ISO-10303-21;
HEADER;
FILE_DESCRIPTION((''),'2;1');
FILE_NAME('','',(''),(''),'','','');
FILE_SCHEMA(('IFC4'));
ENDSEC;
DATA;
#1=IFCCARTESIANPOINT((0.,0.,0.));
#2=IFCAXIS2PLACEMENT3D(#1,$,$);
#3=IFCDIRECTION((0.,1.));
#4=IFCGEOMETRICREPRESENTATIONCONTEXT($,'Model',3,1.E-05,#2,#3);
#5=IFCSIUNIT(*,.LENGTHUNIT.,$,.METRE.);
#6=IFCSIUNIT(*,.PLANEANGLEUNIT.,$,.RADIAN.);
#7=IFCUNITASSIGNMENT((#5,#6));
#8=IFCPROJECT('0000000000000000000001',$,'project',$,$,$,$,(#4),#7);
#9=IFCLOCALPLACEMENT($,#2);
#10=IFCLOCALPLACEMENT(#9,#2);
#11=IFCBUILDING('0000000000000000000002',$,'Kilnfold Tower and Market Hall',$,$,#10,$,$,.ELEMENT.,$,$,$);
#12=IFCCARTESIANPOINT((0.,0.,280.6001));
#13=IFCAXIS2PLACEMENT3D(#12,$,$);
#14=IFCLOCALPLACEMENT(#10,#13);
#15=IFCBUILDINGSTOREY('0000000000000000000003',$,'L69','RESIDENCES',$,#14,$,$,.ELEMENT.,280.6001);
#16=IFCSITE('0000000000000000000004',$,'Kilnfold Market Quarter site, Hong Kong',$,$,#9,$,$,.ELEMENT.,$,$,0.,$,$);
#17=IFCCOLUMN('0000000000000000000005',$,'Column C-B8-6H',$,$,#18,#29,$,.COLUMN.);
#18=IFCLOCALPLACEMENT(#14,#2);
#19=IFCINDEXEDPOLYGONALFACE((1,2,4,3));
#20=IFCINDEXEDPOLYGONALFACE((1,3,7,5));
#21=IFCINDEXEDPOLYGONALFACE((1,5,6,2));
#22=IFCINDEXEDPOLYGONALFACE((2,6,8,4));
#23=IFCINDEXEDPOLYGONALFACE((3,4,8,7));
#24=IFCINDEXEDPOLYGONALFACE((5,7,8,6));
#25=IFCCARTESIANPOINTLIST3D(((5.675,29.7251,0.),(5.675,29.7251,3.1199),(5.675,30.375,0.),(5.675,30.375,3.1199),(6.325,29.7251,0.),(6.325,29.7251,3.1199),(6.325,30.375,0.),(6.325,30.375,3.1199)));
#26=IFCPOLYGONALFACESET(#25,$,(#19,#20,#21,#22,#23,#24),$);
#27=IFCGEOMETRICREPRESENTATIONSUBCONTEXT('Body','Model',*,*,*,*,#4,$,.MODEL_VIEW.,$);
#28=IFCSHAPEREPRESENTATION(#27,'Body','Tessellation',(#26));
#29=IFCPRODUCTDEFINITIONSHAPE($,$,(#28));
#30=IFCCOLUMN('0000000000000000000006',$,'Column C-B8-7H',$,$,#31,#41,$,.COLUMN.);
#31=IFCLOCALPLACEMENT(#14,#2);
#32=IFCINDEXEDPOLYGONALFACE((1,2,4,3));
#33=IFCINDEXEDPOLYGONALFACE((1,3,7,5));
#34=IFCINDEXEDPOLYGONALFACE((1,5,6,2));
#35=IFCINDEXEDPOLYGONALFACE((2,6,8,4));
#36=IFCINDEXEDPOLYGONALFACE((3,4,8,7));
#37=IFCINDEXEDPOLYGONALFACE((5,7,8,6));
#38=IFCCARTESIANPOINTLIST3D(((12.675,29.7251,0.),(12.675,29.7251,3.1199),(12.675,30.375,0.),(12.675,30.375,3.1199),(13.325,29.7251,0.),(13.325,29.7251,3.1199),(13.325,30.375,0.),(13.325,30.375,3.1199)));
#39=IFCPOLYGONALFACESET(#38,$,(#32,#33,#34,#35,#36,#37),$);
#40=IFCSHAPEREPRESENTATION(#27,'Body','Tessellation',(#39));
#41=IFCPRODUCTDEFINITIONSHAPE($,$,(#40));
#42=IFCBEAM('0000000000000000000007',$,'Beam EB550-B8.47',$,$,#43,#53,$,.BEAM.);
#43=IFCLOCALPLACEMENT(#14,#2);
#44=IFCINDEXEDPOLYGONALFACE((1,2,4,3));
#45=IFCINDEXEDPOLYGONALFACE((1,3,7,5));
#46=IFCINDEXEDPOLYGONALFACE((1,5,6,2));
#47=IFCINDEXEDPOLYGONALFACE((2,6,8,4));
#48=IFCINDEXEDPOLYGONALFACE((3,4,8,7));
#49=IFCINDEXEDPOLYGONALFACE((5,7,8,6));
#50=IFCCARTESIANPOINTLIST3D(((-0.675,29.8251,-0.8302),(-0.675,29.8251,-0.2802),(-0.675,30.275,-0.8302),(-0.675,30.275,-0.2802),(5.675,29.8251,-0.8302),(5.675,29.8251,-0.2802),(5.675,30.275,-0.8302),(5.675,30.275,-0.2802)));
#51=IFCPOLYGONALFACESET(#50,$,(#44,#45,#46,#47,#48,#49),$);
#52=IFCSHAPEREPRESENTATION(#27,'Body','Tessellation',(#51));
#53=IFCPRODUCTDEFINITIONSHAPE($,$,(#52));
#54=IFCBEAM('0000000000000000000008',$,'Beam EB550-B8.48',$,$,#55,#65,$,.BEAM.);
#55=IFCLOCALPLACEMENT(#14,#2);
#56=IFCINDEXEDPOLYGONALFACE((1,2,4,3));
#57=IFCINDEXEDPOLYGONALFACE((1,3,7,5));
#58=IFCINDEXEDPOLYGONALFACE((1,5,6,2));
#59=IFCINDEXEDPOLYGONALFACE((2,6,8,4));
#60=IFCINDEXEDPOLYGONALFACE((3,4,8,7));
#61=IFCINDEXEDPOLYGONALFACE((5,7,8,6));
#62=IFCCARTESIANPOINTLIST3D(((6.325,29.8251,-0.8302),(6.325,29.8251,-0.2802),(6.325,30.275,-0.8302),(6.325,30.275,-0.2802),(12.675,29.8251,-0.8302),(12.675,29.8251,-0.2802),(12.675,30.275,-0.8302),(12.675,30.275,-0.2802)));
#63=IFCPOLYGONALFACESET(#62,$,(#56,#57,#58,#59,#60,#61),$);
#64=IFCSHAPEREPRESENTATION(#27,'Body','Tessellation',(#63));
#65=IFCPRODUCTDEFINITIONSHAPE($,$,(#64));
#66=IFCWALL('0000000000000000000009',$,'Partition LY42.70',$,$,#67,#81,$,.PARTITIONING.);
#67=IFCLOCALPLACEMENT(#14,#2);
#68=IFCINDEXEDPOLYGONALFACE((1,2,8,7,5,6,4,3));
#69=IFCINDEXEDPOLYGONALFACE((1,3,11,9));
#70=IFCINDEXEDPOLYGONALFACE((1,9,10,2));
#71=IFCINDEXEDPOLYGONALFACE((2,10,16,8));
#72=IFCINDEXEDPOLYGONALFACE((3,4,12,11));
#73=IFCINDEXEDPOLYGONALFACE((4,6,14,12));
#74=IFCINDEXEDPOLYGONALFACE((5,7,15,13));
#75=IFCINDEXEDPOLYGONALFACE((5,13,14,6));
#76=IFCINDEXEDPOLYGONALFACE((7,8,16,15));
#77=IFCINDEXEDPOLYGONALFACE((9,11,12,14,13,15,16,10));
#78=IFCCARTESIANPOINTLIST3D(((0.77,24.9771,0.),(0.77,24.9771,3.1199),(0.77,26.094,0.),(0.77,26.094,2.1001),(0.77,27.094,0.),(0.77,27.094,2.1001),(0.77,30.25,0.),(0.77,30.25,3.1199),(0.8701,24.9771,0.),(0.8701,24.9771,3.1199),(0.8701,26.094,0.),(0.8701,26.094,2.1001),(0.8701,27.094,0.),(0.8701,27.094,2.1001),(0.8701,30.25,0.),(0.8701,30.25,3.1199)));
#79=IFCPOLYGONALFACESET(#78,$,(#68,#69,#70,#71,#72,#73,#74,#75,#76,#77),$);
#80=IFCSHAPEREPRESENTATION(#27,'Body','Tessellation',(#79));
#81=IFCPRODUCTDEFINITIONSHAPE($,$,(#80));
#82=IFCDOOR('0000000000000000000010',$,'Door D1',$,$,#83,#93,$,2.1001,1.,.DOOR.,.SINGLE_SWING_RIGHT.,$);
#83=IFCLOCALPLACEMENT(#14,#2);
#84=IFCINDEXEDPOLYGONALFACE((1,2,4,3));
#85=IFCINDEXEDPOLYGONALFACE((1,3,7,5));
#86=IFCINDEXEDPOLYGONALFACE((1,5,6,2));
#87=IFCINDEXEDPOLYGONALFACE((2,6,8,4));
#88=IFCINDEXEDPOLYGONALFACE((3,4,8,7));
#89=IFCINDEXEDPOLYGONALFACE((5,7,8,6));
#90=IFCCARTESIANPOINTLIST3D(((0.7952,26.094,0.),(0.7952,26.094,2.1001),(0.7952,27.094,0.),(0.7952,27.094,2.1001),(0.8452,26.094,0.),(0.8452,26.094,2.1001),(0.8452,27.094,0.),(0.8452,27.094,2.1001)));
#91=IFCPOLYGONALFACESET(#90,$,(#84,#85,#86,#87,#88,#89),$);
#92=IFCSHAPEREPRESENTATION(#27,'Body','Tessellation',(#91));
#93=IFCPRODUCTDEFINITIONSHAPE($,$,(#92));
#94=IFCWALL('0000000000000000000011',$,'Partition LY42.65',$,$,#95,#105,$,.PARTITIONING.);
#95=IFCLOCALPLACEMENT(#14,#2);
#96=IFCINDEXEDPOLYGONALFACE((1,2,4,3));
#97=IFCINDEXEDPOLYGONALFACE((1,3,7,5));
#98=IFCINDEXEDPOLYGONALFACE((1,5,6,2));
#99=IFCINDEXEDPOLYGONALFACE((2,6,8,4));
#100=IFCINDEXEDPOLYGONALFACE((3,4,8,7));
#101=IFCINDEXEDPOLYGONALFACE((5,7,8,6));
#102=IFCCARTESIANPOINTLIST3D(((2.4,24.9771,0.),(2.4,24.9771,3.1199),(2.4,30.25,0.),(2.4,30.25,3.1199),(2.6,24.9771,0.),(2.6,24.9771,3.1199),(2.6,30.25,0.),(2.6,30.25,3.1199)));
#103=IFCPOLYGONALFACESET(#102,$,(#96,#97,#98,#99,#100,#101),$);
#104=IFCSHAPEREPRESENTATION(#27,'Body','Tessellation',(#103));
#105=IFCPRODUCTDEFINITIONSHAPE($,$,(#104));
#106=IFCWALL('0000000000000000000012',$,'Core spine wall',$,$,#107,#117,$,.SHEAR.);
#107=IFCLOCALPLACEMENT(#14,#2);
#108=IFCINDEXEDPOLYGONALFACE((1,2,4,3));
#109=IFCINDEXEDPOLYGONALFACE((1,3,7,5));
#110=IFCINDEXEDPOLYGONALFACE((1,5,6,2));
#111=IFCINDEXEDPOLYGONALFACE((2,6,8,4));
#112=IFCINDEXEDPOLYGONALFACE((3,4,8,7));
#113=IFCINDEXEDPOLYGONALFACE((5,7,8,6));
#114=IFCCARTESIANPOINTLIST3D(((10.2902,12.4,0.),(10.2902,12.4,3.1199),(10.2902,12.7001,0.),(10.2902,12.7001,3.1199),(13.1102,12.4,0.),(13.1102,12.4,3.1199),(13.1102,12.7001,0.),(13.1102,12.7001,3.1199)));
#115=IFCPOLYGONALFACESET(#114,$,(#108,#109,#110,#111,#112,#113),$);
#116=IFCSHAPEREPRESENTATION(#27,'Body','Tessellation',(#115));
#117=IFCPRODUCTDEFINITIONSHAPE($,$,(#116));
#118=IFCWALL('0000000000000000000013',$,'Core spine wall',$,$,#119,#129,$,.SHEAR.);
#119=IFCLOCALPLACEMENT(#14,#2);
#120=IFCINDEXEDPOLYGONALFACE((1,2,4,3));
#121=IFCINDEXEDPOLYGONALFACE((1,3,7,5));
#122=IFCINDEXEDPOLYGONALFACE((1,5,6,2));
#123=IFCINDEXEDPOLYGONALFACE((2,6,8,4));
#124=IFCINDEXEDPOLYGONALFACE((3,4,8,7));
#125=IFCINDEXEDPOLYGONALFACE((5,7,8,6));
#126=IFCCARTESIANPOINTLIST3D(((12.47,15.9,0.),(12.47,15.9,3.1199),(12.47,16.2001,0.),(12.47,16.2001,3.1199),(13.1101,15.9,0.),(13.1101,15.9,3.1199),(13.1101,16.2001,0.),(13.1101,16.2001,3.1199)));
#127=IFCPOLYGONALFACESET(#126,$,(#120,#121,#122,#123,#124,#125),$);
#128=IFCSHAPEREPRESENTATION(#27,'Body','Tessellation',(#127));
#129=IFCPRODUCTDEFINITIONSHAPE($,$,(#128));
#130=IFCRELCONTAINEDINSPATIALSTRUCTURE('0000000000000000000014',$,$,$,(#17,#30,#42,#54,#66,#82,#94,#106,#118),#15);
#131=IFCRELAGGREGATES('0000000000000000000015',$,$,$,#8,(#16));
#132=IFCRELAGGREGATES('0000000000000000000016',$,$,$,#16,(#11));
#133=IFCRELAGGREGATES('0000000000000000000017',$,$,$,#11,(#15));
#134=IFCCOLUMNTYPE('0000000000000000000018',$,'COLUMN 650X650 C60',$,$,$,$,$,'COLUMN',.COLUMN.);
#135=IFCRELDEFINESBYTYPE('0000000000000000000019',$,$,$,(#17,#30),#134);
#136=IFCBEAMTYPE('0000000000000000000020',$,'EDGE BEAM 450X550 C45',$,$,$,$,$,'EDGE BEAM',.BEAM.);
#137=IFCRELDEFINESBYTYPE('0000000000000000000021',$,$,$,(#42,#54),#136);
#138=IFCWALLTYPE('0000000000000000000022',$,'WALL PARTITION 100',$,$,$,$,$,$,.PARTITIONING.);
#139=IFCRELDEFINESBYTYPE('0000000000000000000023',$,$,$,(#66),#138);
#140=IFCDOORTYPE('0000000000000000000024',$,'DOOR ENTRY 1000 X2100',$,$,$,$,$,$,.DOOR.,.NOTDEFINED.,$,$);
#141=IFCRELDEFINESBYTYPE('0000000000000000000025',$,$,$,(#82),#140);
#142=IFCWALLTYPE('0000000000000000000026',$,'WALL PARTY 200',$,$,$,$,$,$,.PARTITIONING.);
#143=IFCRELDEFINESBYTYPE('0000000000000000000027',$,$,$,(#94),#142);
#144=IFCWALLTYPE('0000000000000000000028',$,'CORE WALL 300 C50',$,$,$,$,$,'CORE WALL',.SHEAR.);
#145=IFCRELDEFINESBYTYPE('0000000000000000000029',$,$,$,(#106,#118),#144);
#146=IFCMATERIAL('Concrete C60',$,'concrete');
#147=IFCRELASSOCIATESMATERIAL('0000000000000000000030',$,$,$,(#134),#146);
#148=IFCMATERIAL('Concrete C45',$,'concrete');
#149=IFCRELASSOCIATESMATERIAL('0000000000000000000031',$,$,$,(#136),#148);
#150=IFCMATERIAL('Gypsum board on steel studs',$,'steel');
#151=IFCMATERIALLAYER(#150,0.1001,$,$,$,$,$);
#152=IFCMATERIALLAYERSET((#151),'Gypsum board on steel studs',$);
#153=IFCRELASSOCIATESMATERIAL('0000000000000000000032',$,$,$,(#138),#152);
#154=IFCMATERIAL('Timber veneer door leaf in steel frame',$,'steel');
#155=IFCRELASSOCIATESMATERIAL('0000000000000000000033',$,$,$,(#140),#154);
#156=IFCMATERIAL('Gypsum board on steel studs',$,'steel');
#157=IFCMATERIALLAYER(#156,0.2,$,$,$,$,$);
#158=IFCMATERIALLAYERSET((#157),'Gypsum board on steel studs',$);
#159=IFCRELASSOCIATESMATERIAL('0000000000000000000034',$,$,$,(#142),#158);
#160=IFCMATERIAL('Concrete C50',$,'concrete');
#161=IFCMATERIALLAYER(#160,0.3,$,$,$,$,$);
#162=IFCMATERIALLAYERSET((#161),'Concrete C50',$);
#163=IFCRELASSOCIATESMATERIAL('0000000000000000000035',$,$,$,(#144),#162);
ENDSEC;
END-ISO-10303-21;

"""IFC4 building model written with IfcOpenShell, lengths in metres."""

from ifc_helpers import new_model, si_unit, direction, frame, frame_2d, origin, origin_2d, place, context, subcontext, project, spatial, rectangle, extrude, source, transform, mapped, material, layer, layer_set, material_profile, profile_set, type_object, element, fill, save


model = new_model("IFC4")

# Units and contexts
model_context = context("Model", 3, precision=1e-05, world=origin(), true_north=direction((0.0, 1.0)))
body_context = subcontext(model_context, "Body", "Model", "MODEL_VIEW")
ifc_project = project(units=[si_unit("LENGTHUNIT", "METRE"), si_unit("PLANEANGLEUNIT", "RADIAN")], contexts=[model_context])

# Site, building, storey
site_placement = place(None, origin())
site = spatial("IfcSite", under=ifc_project, at=site_placement, Name="Kilnfold Market Quarter site, Hong Kong", CompositionType="ELEMENT", RefElevation=0.0)
building_placement = place(site_placement, origin())
building = spatial("IfcBuilding", under=site, at=building_placement, Name="Kilnfold Tower and Market Hall", CompositionType="ELEMENT")
storey_placement = place(building_placement, frame((0.0, 0.0, 280.6001)))
storey = spatial("IfcBuildingStorey", under=building, at=storey_placement, Name="L69", Description="RESIDENCES", CompositionType="ELEMENT", Elevation=280.6001)

# Columns
ifc_material_1 = material(Name="Concrete C60", Category="concrete")
ifc_material_profile_1 = material_profile(ifc_material_1, rectangle(XDim=0.6499, YDim=0.6499, at=origin_2d()), Name="RC 650x650")
ifc_profile_set_1 = profile_set([ifc_material_profile_1], Name="Concrete C60")
column_type = type_object("IfcColumnType", Name="COLUMN 650X650 C60", ElementType="COLUMN", PredefinedType="COLUMN", material=ifc_profile_set_1)
shared_shape_1 = source(origin(), body_context, "Body", "SweptSolid", [
    extrude(rectangle(XDim=0.6499, YDim=0.6499, at=origin_2d()), origin(), (0.0, 0.0, 1.0), 3.1199),
])
for number, where, z_axis, x_axis, name in (
    (1, (6.0, 30.05, 0.0), (0.0, 0.0, 1.0), (1.0, 0.0, 0.0), "Column C-B8-6H"),
    (2, (13.0, 30.05, 0.0), (0.0, 0.0, 1.0), (1.0, 0.0, 0.0), "Column C-B8-7H"),
):
    element("IfcColumn", number, at=place(storey_placement, frame(where, z_axis=z_axis, x_axis=x_axis)), inside=storey, type_object=column_type, Name=name, PredefinedType="COLUMN", context=body_context, shape_type="MappedRepresentation", body=[
        mapped(shared_shape_1, transform((0.0, 0.0, 0.0))),
    ])

# Beams
ifc_material_2 = material(Name="Concrete C45", Category="concrete")
ifc_material_profile_2 = material_profile(ifc_material_2, rectangle(XDim=0.45, YDim=0.55, at=origin_2d()), Name="RC 450x550")
ifc_profile_set_2 = profile_set([ifc_material_profile_2], Name="Concrete C45")
beam_type = type_object("IfcBeamType", Name="EDGE BEAM 450X550 C45", ElementType="EDGE BEAM", PredefinedType="BEAM", material=ifc_profile_set_2)
shared_shape_2 = source(origin(), body_context, "Body", "SweptSolid", [
    extrude(rectangle(XDim=0.45, YDim=0.55, at=origin_2d()), origin(), (0.0, 0.0, 1.0), 6.3501),
])
for number, where, z_axis, x_axis, name in (
    (3, (-0.675, 30.05, -0.5552), (1.0, 0.0, 0.0), (0.0, 1.0, 0.0), "Beam EB550-B8.47"),
    (4, (6.325, 30.05, -0.5552), (1.0, 0.0, 0.0), (0.0, 1.0, 0.0), "Beam EB550-B8.48"),
):
    element("IfcBeam", number, at=place(storey_placement, frame(where, z_axis=z_axis, x_axis=x_axis)), inside=storey, type_object=beam_type, Name=name, PredefinedType="BEAM", context=body_context, shape_type="MappedRepresentation", body=[
        mapped(shared_shape_2, transform((0.0, 0.0, 0.0))),
    ])

# Wall, opening, door
ifc_material_3 = material(Name="Gypsum board on steel studs", Category="steel")
ifc_layer_1 = layer(ifc_material_3, 0.1001)
ifc_layer_set_1 = layer_set([ifc_layer_1], Name="Gypsum board on steel studs")
wall_type_1 = type_object("IfcWallType", Name="WALL PARTITION 100", PredefinedType="PARTITIONING", material=ifc_layer_set_1)
wall_1_placement = place(storey_placement, frame((0.8201, 24.9771, 0.0), z_axis=(0.0, 0.0, 1.0), x_axis=(0.0, 1.0, 0.0)))
wall_1 = element("IfcWall", 5, at=wall_1_placement, inside=storey, type_object=wall_type_1, Name="Partition LY42.70", PredefinedType="PARTITIONING", context=body_context, shape_type="SweptSolid", body=[
    extrude(rectangle(XDim=5.2729, YDim=0.1001, at=frame_2d((2.6365, 0.0))), origin(), (0.0, 0.0, 1.0), 3.1199),
])
opening_1_placement = place(wall_1_placement, frame((1.1169, 0.0, 0.0)))
opening_1 = element("IfcOpeningElement", 6, at=opening_1_placement, cuts=wall_1, PredefinedType="OPENING", context=body_context, shape_type="SweptSolid", body=[
    extrude(rectangle(XDim=1.0, YDim=2.1001, at=frame_2d((0.5, 1.05))), frame((0.0, 0.0601, 0.0), z_axis=(0.0, -1.0, 0.0), x_axis=(1.0, 0.0, 0.0)), (0.0, 0.0, 1.0), 0.1201),
])
ifc_material_4 = material(Name="Timber veneer door leaf in steel frame", Category="steel")
door_type_1 = type_object("IfcDoorType", Name="DOOR ENTRY 1000 X2100", OperationType="NOTDEFINED", PredefinedType="DOOR", material=ifc_material_4)
door_1_placement = place(opening_1_placement, origin())
door_1 = element("IfcDoor", 7, at=door_1_placement, inside=storey, type_object=door_type_1, Name="Door D1", OperationType="SINGLE_SWING_RIGHT", OverallHeight=2.1001, OverallWidth=1.0, PredefinedType="DOOR", context=body_context, shape_type="SweptSolid", body=[
    extrude(rectangle(XDim=1.0, YDim=2.1001, at=frame_2d((0.5, 1.05))), frame((0.0, 0.0249, 0.0), z_axis=(0.0, -1.0, 0.0), x_axis=(1.0, 0.0, 0.0)), (0.0, 0.0, 1.0), 0.05),
])
fill(opening_1, door_1)

# Walls
ifc_material_5 = material(Name="Gypsum board on steel studs", Category="steel")
ifc_layer_2 = layer(ifc_material_5, 0.2)
ifc_layer_set_2 = layer_set([ifc_layer_2], Name="Gypsum board on steel studs")
wall_type_2 = type_object("IfcWallType", Name="WALL PARTY 200", PredefinedType="PARTITIONING", material=ifc_layer_set_2)
wall_2_placement = place(storey_placement, frame((2.5, 30.25, 0.0), z_axis=(0.0, 0.0, 1.0), x_axis=(0.0, -1.0, 0.0)))
element("IfcWall", 8, at=wall_2_placement, inside=storey, type_object=wall_type_2, Name="Partition LY42.65", PredefinedType="PARTITIONING", context=body_context, shape_type="SweptSolid", body=[
    extrude(rectangle(XDim=5.2729, YDim=0.2, at=frame_2d((2.6365, 0.0))), origin(), (0.0, 0.0, 1.0), 3.1199),
])
ifc_material_6 = material(Name="Concrete C50", Category="concrete")
ifc_layer_3 = layer(ifc_material_6, 0.3)
ifc_layer_set_3 = layer_set([ifc_layer_3], Name="Concrete C50")
wall_type_3 = type_object("IfcWallType", Name="CORE WALL 300 C50", ElementType="CORE WALL", PredefinedType="SHEAR", material=ifc_layer_set_3)
shared_shape_3 = source(origin(), body_context, "Body", "SweptSolid", [
    extrude(rectangle(XDim=2.8201, YDim=0.3, at=frame_2d((1.4102, 0.0))), origin(), (0.0, 0.0, 1.0), 3.1199),
])
wall_3_placement = place(storey_placement, frame((10.29, 12.55, 0.0), z_axis=(0.0, 0.0, 1.0), x_axis=(1.0, 0.0, 0.0)))
element("IfcWall", 9, at=wall_3_placement, inside=storey, type_object=wall_type_3, Name="Core spine wall", PredefinedType="SHEAR", context=body_context, shape_type="MappedRepresentation", body=[
    mapped(shared_shape_3, transform((0.0, 0.0, 0.0))),
])
shared_shape_4 = source(origin(), body_context, "Body", "SweptSolid", [
    extrude(rectangle(XDim=0.6401, YDim=0.3, at=frame_2d((0.3201, 0.0))), origin(), (0.0, 0.0, 1.0), 3.1199),
])
wall_4_placement = place(storey_placement, frame((12.47, 16.05, 0.0), z_axis=(0.0, 0.0, 1.0), x_axis=(1.0, 0.0, 0.0)))
element("IfcWall", 10, at=wall_4_placement, inside=storey, type_object=wall_type_3, Name="Core spine wall", PredefinedType="SHEAR", context=body_context, shape_type="MappedRepresentation", body=[
    mapped(shared_shape_4, transform((0.0, 0.0, 0.0))),
])

save(model, "model.ifc")
